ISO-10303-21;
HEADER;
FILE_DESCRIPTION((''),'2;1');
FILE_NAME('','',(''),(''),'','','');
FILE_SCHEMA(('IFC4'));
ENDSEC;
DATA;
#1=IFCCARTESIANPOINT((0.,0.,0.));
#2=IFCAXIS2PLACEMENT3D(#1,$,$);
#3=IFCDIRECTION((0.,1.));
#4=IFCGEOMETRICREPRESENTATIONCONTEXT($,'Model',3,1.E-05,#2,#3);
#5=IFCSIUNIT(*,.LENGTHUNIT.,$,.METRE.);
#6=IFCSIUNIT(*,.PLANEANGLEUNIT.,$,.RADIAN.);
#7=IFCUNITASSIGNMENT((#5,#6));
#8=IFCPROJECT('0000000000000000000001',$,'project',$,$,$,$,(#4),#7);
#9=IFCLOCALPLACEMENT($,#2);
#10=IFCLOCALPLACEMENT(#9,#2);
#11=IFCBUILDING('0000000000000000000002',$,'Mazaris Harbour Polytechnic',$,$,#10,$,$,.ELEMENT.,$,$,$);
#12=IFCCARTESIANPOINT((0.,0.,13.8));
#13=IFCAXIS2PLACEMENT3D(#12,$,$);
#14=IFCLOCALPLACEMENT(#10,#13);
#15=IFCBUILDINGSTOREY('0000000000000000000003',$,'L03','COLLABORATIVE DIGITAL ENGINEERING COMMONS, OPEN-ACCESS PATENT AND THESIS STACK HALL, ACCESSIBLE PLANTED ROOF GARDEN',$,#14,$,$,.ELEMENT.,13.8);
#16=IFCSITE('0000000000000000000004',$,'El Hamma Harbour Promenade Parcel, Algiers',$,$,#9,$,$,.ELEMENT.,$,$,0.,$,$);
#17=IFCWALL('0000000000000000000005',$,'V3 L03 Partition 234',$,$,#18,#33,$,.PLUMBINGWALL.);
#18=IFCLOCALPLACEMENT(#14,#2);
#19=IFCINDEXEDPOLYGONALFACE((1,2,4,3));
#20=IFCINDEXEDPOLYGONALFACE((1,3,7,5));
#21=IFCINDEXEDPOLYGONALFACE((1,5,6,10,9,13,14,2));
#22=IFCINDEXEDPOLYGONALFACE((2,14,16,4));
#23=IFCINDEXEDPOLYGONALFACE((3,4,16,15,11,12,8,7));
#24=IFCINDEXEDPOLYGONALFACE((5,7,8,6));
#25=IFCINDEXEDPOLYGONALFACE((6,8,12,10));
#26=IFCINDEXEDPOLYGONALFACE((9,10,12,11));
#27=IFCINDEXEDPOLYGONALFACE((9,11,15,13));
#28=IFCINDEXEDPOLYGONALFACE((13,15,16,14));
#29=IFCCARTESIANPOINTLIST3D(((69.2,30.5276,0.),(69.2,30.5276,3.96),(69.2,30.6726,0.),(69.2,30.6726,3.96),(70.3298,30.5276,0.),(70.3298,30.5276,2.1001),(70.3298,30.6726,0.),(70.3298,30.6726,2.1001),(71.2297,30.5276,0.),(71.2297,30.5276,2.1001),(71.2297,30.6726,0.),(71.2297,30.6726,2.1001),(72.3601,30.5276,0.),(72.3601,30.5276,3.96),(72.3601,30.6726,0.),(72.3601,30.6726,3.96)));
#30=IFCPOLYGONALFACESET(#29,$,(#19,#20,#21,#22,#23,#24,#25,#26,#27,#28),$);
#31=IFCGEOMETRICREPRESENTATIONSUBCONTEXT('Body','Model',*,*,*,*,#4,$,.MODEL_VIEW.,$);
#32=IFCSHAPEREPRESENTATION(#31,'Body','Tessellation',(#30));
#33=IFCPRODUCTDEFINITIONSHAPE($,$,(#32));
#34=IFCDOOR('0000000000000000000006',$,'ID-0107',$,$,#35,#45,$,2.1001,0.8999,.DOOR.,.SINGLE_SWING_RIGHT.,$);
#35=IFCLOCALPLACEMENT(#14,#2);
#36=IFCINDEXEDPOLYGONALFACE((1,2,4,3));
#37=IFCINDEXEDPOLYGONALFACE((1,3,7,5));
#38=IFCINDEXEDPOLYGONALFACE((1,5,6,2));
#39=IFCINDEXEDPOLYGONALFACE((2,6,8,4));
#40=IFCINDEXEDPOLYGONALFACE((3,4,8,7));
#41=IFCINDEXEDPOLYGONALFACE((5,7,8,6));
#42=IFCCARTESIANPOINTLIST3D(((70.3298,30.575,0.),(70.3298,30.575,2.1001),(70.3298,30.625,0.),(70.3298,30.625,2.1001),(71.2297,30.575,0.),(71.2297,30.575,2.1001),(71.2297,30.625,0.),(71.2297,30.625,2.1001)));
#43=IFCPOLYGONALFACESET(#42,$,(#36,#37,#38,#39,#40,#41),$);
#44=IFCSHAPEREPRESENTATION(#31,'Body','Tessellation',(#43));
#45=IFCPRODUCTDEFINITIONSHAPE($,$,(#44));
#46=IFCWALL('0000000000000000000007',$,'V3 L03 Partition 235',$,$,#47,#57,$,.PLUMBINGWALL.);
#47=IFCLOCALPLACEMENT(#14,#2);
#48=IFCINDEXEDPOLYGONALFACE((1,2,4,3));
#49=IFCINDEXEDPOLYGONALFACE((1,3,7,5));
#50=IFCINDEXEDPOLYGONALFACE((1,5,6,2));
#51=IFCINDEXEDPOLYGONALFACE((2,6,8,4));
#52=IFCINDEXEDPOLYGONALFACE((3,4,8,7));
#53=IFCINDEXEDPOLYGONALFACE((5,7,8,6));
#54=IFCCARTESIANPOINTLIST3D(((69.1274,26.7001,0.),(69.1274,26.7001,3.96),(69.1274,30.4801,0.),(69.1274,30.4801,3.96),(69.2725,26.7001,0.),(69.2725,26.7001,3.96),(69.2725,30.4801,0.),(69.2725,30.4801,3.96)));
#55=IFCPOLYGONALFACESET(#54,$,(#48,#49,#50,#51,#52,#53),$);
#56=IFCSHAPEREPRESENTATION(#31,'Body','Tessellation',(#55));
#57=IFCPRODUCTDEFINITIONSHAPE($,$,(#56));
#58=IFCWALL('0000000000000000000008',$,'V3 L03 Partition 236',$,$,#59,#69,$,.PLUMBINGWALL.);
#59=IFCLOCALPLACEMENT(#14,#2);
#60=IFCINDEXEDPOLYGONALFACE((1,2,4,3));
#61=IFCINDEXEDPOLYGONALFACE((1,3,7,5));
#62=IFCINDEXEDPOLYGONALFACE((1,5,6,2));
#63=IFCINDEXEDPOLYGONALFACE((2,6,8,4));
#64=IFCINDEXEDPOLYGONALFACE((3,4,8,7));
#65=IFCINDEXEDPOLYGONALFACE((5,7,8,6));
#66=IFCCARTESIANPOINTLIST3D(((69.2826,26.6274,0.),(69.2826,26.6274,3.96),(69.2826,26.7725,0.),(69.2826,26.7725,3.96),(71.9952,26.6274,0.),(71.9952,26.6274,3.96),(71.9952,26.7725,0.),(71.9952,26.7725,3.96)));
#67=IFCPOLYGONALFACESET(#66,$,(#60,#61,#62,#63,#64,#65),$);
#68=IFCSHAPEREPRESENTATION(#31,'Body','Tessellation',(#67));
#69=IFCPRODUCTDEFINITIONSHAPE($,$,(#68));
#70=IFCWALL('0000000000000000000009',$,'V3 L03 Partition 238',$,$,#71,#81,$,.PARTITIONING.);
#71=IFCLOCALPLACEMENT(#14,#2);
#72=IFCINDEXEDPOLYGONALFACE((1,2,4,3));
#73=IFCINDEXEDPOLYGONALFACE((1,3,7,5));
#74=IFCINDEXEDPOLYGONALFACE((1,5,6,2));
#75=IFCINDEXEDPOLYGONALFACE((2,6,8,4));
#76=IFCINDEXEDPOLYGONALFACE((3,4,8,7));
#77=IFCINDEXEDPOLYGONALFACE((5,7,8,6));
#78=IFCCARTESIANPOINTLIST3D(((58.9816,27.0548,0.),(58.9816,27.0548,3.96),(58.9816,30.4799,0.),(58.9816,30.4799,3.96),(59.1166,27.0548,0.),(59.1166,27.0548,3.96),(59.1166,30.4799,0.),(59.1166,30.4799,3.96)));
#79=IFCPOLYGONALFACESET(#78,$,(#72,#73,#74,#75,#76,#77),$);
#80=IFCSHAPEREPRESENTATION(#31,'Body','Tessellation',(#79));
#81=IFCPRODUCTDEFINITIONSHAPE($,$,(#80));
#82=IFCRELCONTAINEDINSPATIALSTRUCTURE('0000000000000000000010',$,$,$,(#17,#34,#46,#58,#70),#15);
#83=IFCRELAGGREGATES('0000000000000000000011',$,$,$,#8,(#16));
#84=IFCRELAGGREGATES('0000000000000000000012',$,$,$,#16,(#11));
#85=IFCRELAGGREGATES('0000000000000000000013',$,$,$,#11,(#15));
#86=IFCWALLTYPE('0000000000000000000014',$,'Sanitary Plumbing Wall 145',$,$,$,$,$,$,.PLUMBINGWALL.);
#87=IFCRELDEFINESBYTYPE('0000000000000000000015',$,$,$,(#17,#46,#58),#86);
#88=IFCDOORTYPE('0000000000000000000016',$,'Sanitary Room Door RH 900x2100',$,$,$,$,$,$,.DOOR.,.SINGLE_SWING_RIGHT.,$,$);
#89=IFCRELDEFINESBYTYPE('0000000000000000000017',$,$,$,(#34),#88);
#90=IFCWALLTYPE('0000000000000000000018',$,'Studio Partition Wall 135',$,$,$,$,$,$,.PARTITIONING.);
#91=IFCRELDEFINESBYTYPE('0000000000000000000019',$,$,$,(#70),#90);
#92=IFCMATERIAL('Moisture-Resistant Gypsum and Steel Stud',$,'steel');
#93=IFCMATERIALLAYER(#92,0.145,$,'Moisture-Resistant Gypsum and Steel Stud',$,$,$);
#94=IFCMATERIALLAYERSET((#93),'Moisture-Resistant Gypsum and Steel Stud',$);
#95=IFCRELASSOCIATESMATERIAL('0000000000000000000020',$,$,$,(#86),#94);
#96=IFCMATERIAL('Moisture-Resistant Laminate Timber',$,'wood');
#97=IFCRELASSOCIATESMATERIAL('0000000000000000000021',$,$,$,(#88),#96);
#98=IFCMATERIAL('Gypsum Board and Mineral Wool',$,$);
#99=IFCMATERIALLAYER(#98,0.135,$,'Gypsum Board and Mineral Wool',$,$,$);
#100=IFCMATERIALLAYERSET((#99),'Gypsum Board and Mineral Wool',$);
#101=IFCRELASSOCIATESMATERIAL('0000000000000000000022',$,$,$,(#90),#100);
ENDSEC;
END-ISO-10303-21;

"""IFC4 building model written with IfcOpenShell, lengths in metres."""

from ifc_helpers import new_model, si_unit, direction, frame, frame_2d, origin, place, context, subcontext, project, spatial, rectangle, extrude, material, layer, layer_set, type_object, element, fill, save


model = new_model("IFC4")

# Units and contexts
model_context = context("Model", 3, precision=1e-05, world=origin(), true_north=direction((0.0, 1.0)))
body_context = subcontext(model_context, "Body", "Model", "MODEL_VIEW")
ifc_project = project(units=[si_unit("LENGTHUNIT", "METRE"), si_unit("PLANEANGLEUNIT", "RADIAN")], contexts=[model_context])

# Site, building, storey
site_placement = place(None, origin())
site = spatial("IfcSite", under=ifc_project, at=site_placement, Name="El Hamma Harbour Promenade Parcel, Algiers", CompositionType="ELEMENT", RefElevation=0.0)
building_placement = place(site_placement, origin())
building = spatial("IfcBuilding", under=site, at=building_placement, Name="Mazaris Harbour Polytechnic", CompositionType="ELEMENT")
storey_placement = place(building_placement, frame((0.0, 0.0, 13.8)))
storey = spatial("IfcBuildingStorey", under=building, at=storey_placement, Name="L03", Description="COLLABORATIVE DIGITAL ENGINEERING COMMONS, OPEN-ACCESS PATENT AND THESIS STACK HALL, ACCESSIBLE PLANTED ROOF GARDEN", CompositionType="ELEMENT", Elevation=13.8)

# Wall, opening, door
ifc_material_1 = material(Name="Moisture-Resistant Gypsum and Steel Stud", Category="steel")
ifc_layer_1 = layer(ifc_material_1, 0.145, Name="Moisture-Resistant Gypsum and Steel Stud")
ifc_layer_set_1 = layer_set([ifc_layer_1], Name="Moisture-Resistant Gypsum and Steel Stud")
wall_type_1 = type_object("IfcWallType", Name="Sanitary Plumbing Wall 145", PredefinedType="PLUMBINGWALL", material=ifc_layer_set_1)
wall_1_placement = place(storey_placement, frame((69.2, 30.6001, 0.0), z_axis=(0.0, 0.0, 1.0), x_axis=(1.0, 0.0, 0.0)))
wall_1 = element("IfcWall", 1, at=wall_1_placement, inside=storey, type_object=wall_type_1, Name="V3 L03 Partition 234", PredefinedType="PLUMBINGWALL", context=body_context, shape_type="SweptSolid", body=[
    extrude(rectangle(XDim=3.1602, YDim=0.145, at=frame_2d((1.5801, 0.0))), origin(), (0.0, 0.0, 1.0), 3.96),
])
opening_1_placement = place(wall_1_placement, frame((1.1299, 0.0, 0.0)))
opening_1 = element("IfcOpeningElement", 2, at=opening_1_placement, cuts=wall_1, PredefinedType="OPENING", context=body_context, shape_type="SweptSolid", body=[
    extrude(rectangle(XDim=0.8999, YDim=2.1001, at=frame_2d((0.45, 1.05))), frame((0.0, 0.0825, 0.0), z_axis=(0.0, -1.0, 0.0), x_axis=(1.0, 0.0, 0.0)), (0.0, 0.0, 1.0), 0.165),
])
ifc_material_2 = material(Name="Moisture-Resistant Laminate Timber", Category="wood")
door_type_1 = type_object("IfcDoorType", Name="Sanitary Room Door RH 900x2100", OperationType="SINGLE_SWING_RIGHT", PredefinedType="DOOR", material=ifc_material_2)
door_1_placement = place(opening_1_placement, origin())
door_1 = element("IfcDoor", 3, at=door_1_placement, inside=storey, type_object=door_type_1, Name="ID-0107", OperationType="SINGLE_SWING_RIGHT", OverallHeight=2.1001, OverallWidth=0.8999, PredefinedType="DOOR", context=body_context, shape_type="SweptSolid", body=[
    extrude(rectangle(XDim=0.8999, YDim=2.1001, at=frame_2d((0.45, 1.05))), frame((0.0, 0.0249, 0.0), z_axis=(0.0, -1.0, 0.0), x_axis=(1.0, 0.0, 0.0)), (0.0, 0.0, 1.0), 0.05),
])
fill(opening_1, door_1)

# Walls
wall_2_placement = place(storey_placement, frame((69.2, 26.7, 0.0), z_axis=(0.0, 0.0, 1.0), x_axis=(0.0, 1.0, 0.0)))
element("IfcWall", 4, at=wall_2_placement, inside=storey, type_object=wall_type_1, Name="V3 L03 Partition 235", PredefinedType="PLUMBINGWALL", context=body_context, shape_type="SweptSolid", body=[
    extrude(rectangle(XDim=3.78, YDim=0.145, at=frame_2d((1.8901, 0.0))), origin(), (0.0, 0.0, 1.0), 3.96),
])
wall_3_placement = place(storey_placement, frame((69.2825, 26.7, 0.0), z_axis=(0.0, 0.0, 1.0), x_axis=(1.0, 0.0, 0.0)))
element("IfcWall", 5, at=wall_3_placement, inside=storey, type_object=wall_type_1, Name="V3 L03 Partition 236", PredefinedType="PLUMBINGWALL", context=body_context, shape_type="SweptSolid", body=[
    extrude(rectangle(XDim=2.7126, YDim=0.145, at=frame_2d((1.3564, 0.0))), origin(), (0.0, 0.0, 1.0), 3.96),
])
ifc_material_3 = material(Name="Gypsum Board and Mineral Wool")
ifc_layer_2 = layer(ifc_material_3, 0.135, Name="Gypsum Board and Mineral Wool")
ifc_layer_set_2 = layer_set([ifc_layer_2], Name="Gypsum Board and Mineral Wool")
wall_type_2 = type_object("IfcWallType", Name="Studio Partition Wall 135", PredefinedType="PARTITIONING", material=ifc_layer_set_2)
wall_4_placement = place(storey_placement, frame((59.0491, 27.0549, 0.0), z_axis=(0.0, 0.0, 1.0), x_axis=(0.0, 1.0, 0.0)))
element("IfcWall", 6, at=wall_4_placement, inside=storey, type_object=wall_type_2, Name="V3 L03 Partition 238", PredefinedType="PARTITIONING", context=body_context, shape_type="SweptSolid", body=[
    extrude(rectangle(XDim=3.425, YDim=0.135, at=frame_2d((1.7124, 0.0))), origin(), (0.0, 0.0, 1.0), 3.96),
])

save(model, "model.ifc")
